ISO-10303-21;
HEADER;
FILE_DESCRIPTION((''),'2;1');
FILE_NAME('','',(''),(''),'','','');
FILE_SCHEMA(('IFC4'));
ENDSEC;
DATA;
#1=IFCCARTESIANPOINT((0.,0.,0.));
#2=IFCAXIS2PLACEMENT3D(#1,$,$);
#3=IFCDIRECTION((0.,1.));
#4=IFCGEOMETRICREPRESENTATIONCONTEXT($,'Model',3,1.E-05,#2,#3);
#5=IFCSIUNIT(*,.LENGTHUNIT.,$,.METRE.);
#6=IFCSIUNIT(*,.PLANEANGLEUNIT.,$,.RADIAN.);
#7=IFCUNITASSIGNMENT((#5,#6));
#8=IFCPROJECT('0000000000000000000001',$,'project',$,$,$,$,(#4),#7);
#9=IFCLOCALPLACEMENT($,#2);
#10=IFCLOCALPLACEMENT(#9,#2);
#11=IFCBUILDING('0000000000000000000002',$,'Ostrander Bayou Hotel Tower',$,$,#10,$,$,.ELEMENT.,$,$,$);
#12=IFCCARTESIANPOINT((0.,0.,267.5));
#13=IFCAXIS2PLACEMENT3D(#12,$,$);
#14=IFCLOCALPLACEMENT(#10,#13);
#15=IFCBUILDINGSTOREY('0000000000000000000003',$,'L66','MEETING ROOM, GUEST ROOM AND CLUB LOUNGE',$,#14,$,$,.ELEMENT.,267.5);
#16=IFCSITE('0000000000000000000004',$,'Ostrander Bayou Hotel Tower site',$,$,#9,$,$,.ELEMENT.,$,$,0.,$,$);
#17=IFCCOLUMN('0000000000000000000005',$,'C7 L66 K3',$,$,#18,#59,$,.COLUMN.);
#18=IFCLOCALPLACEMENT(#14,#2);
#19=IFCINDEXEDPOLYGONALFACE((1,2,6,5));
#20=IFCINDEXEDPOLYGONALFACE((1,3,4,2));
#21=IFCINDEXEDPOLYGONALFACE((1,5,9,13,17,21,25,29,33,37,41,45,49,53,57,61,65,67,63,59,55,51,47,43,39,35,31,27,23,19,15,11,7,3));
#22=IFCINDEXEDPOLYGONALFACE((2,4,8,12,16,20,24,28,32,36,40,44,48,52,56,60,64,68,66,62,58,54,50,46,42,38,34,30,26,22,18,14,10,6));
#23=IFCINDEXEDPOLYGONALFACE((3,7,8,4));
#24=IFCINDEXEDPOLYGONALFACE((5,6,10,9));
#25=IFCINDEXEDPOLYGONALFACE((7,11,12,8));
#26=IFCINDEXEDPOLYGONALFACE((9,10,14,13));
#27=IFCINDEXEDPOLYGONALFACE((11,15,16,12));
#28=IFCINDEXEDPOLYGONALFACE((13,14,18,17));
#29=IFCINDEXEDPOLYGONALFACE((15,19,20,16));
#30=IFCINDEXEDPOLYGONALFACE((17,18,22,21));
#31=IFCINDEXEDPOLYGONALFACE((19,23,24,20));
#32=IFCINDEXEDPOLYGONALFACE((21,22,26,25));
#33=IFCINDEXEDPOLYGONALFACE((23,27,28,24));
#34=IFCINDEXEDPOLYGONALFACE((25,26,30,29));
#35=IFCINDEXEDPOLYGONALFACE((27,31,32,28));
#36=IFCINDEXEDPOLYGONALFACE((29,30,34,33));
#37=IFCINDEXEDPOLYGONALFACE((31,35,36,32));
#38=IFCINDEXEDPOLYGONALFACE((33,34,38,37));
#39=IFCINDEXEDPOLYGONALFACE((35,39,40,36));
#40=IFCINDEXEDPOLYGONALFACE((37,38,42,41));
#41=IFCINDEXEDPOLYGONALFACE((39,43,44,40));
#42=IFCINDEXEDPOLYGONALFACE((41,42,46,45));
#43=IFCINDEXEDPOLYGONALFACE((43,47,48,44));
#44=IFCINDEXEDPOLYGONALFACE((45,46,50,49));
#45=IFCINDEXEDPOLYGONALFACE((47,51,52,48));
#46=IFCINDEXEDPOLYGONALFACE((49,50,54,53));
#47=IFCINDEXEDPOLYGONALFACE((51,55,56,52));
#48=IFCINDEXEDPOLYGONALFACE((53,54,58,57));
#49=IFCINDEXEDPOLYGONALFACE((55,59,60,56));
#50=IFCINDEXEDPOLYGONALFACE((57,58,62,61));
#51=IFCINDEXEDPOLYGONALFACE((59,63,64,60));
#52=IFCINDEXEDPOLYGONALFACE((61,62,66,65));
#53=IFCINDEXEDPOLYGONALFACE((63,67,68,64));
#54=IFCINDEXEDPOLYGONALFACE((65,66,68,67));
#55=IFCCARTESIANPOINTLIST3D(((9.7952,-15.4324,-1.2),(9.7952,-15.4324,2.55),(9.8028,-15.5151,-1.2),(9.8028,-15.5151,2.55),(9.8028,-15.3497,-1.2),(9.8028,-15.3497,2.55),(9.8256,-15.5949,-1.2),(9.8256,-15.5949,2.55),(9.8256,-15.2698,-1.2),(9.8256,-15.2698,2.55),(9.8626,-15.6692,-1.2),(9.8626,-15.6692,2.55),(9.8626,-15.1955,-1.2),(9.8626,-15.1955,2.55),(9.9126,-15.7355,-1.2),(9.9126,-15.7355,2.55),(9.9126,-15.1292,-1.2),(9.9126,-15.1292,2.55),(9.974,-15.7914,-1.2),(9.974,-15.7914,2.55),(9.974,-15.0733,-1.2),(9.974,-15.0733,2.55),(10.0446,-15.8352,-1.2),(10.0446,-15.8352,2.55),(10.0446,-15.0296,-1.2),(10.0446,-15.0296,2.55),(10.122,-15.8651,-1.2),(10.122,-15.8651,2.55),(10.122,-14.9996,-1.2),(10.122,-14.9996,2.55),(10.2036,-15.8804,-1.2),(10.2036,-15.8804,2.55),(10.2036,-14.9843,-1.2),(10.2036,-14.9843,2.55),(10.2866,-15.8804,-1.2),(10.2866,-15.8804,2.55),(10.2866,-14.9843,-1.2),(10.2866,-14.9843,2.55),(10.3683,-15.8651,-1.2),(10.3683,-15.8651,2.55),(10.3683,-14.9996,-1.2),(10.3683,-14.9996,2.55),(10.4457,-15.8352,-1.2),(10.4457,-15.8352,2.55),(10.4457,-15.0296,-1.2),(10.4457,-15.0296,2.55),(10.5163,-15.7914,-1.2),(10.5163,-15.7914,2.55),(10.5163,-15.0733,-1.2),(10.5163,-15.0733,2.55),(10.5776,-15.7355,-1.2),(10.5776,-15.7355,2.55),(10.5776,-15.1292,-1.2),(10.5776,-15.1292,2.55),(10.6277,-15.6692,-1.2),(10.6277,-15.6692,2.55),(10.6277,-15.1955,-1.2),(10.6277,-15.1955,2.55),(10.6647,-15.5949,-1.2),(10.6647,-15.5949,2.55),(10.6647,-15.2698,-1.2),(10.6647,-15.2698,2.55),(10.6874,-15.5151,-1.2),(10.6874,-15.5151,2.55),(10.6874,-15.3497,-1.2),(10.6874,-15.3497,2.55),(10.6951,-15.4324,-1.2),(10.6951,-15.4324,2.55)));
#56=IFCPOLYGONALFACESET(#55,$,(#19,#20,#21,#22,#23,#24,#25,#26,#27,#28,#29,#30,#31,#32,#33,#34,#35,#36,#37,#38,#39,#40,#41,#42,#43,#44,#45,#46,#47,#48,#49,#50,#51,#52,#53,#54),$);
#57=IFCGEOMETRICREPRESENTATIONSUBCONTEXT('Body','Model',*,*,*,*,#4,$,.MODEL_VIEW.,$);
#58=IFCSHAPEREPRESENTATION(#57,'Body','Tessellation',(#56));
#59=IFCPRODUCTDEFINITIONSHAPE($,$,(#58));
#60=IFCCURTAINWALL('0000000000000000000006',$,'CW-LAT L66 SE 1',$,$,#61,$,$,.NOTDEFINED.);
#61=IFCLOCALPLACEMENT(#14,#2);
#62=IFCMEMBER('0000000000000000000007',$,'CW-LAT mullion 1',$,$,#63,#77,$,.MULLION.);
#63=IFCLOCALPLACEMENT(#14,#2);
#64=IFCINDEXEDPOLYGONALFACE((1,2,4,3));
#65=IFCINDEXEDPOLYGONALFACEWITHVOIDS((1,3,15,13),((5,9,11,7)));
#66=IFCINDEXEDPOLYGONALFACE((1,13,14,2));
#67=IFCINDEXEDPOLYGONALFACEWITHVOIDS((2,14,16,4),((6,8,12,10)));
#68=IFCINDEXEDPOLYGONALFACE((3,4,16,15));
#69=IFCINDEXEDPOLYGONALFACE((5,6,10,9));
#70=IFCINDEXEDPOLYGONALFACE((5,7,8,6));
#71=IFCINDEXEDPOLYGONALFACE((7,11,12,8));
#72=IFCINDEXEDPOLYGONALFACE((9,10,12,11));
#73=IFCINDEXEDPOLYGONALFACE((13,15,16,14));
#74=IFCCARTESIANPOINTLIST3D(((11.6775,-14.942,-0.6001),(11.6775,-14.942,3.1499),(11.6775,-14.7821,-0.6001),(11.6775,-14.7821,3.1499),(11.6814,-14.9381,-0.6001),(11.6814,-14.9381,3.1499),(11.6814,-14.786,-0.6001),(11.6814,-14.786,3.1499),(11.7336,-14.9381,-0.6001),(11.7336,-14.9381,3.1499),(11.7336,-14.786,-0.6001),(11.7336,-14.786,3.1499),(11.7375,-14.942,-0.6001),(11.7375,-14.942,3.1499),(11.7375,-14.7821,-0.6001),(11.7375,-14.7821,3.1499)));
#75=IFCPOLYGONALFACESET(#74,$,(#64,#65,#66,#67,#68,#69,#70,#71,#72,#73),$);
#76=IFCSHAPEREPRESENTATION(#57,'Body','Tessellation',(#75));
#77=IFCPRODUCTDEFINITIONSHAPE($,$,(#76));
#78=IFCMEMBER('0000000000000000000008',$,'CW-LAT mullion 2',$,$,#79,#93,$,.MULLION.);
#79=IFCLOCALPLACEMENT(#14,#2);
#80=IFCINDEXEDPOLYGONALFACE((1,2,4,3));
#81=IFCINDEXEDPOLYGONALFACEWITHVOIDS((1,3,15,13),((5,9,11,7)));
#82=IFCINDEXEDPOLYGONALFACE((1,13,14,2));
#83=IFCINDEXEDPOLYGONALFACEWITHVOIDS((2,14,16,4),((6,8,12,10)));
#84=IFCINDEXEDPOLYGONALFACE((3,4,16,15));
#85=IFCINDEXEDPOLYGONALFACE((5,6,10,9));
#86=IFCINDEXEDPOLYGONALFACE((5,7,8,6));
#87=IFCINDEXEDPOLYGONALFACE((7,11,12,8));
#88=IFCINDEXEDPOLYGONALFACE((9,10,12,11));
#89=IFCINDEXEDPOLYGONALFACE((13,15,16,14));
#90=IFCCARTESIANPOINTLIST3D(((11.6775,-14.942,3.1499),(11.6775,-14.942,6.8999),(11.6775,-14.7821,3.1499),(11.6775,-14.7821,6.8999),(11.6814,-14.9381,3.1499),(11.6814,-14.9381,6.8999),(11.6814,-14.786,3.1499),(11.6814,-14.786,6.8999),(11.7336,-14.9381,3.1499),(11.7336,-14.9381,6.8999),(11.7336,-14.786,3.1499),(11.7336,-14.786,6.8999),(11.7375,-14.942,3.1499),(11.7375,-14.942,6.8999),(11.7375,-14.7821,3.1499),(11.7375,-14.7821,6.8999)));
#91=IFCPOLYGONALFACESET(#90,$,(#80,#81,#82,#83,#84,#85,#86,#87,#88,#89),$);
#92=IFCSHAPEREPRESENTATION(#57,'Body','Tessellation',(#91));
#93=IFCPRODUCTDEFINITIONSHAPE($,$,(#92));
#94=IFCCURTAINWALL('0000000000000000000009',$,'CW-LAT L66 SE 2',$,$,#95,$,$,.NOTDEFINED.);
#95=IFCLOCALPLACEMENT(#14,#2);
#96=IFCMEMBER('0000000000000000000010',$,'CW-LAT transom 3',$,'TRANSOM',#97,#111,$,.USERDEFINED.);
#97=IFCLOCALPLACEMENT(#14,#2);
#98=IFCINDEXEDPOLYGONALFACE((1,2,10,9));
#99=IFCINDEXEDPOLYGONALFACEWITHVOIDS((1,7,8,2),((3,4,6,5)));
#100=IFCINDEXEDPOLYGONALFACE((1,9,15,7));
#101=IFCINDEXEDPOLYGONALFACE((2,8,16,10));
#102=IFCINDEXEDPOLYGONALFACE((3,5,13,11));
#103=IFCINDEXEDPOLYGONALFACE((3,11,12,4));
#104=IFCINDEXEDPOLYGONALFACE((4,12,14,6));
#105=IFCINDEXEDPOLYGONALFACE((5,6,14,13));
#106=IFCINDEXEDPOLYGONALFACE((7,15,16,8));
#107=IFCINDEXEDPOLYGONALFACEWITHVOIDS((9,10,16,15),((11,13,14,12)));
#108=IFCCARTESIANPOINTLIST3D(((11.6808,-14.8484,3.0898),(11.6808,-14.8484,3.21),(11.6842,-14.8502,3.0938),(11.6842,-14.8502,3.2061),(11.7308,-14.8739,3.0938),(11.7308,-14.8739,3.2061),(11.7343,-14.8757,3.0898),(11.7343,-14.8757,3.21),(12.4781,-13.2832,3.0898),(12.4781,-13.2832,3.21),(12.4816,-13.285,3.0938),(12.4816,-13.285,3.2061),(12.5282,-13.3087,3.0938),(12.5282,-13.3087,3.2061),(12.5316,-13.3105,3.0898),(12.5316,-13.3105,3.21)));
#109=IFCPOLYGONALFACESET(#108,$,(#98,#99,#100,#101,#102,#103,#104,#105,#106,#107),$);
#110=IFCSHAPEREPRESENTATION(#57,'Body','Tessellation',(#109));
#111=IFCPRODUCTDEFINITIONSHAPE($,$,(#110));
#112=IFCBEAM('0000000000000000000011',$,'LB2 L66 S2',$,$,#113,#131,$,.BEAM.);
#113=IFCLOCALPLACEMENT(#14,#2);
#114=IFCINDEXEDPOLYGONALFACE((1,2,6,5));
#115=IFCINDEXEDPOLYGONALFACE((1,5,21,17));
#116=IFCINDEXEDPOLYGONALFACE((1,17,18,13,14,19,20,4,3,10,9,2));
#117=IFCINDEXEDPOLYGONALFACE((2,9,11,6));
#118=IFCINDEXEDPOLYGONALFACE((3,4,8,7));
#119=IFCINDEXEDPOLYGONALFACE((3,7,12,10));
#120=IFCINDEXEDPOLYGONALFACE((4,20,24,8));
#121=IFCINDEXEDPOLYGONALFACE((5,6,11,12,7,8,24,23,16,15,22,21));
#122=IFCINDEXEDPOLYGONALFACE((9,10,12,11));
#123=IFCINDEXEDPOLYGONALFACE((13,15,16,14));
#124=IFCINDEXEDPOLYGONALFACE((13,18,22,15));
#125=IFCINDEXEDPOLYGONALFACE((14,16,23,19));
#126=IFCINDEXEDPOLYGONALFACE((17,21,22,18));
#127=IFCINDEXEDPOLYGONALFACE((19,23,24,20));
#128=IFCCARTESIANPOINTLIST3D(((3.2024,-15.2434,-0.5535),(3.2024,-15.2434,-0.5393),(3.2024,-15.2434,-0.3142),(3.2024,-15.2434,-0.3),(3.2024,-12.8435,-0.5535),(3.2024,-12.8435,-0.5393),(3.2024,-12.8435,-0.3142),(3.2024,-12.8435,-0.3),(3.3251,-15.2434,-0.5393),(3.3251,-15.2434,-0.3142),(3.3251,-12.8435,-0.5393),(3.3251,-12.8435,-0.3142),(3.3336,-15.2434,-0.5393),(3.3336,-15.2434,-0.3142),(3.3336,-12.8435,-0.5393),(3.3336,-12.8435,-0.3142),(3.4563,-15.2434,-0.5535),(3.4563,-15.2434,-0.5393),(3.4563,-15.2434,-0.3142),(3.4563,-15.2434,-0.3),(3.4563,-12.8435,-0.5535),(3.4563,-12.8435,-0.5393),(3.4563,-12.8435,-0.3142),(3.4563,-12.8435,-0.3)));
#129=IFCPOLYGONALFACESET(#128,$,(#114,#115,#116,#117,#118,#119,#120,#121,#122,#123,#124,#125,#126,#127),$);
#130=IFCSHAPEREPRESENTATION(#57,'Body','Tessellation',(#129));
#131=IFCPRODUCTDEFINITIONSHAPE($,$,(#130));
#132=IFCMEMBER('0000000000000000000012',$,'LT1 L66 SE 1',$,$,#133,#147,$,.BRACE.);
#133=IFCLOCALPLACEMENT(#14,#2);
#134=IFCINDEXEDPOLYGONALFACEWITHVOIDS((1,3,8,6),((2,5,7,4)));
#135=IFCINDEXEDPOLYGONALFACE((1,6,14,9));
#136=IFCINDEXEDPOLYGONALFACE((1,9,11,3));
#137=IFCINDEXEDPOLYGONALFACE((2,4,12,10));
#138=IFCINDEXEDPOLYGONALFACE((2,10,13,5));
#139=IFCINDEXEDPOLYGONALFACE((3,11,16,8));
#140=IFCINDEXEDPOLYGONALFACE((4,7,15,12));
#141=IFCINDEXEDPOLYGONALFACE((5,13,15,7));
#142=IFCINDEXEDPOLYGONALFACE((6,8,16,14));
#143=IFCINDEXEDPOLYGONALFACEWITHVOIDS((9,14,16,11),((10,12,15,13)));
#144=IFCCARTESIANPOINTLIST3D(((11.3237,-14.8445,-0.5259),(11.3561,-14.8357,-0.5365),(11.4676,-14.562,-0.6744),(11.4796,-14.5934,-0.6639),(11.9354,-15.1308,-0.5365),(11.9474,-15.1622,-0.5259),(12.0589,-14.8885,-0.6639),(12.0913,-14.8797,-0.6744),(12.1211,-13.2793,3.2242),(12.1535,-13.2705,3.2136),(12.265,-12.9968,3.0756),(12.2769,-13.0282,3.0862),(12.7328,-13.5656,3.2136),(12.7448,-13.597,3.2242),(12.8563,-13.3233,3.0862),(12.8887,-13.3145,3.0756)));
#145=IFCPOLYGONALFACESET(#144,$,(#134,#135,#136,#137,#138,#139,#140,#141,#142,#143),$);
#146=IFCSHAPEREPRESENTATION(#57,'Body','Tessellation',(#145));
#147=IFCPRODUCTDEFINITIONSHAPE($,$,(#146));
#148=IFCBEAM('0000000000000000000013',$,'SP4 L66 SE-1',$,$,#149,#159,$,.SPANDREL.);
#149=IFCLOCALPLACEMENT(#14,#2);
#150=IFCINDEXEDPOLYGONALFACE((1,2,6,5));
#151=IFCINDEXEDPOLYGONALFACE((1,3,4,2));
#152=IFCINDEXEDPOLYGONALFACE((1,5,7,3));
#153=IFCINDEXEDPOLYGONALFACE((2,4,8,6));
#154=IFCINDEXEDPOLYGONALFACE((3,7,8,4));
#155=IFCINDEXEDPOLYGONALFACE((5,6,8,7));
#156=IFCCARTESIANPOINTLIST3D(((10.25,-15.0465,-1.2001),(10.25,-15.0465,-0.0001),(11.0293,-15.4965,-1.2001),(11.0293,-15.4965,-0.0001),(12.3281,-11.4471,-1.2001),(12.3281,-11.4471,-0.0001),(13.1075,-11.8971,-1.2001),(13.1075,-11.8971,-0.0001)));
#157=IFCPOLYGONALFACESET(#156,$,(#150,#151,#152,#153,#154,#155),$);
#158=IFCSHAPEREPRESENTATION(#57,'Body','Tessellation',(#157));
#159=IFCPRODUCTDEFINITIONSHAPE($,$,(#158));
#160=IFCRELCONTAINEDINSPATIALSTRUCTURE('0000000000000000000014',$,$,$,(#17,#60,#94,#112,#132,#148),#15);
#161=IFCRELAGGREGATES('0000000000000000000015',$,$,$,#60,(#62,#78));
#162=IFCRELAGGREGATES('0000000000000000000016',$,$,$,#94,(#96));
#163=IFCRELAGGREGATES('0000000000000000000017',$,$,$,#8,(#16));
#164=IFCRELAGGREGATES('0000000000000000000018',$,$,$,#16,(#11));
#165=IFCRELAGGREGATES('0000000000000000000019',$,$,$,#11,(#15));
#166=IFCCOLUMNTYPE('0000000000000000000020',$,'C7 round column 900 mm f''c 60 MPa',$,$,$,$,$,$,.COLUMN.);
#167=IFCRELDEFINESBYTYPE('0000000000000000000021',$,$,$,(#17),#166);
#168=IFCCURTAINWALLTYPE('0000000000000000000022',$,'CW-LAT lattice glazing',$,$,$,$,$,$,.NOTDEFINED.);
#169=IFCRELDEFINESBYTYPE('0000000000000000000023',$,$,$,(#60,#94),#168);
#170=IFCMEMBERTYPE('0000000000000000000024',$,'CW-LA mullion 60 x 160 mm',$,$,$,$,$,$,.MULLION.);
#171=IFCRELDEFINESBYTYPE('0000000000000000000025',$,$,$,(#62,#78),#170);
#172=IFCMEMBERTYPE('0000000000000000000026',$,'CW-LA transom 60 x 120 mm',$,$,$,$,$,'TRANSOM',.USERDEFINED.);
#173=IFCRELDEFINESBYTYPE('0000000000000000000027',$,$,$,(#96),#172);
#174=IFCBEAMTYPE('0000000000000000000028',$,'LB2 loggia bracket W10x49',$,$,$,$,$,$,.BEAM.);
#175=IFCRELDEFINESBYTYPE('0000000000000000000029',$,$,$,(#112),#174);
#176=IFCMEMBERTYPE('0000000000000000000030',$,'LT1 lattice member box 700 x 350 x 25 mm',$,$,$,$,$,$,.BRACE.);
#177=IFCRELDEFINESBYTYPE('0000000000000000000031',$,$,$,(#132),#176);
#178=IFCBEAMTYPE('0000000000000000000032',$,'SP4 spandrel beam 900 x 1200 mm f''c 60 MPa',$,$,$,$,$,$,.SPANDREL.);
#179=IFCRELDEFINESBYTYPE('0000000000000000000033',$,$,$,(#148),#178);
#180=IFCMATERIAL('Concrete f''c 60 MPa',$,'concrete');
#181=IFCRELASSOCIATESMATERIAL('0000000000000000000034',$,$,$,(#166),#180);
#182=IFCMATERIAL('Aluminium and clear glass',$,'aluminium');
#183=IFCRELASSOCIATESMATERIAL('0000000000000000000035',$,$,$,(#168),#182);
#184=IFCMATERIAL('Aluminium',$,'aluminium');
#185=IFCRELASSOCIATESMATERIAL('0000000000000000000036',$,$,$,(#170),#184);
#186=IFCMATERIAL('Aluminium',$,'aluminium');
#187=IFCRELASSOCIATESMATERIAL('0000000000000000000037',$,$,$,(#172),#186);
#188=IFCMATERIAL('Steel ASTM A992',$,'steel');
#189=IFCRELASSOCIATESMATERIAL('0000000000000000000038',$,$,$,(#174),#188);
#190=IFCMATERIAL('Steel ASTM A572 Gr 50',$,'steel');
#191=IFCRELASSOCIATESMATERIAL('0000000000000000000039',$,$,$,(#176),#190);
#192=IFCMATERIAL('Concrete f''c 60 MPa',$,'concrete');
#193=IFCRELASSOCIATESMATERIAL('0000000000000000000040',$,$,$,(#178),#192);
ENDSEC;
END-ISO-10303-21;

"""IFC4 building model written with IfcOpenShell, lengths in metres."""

from ifc_helpers import new_model, si_unit, direction, frame, origin, origin_2d, place, context, subcontext, project, spatial, rectangle, hollow_rectangle, circle, i_section, extrude, material, material_profile, profile_set, type_object, element, aggregate, save


model = new_model("IFC4")

# Units and contexts
model_context = context("Model", 3, precision=1e-05, world=origin(), true_north=direction((0.0, 1.0)))
body_context = subcontext(model_context, "Body", "Model", "MODEL_VIEW")
ifc_project = project(units=[si_unit("LENGTHUNIT", "METRE"), si_unit("PLANEANGLEUNIT", "RADIAN")], contexts=[model_context])

# Site, building, storey
site_placement = place(None, origin())
site = spatial("IfcSite", under=ifc_project, at=site_placement, Name="Ostrander Bayou Hotel Tower site", CompositionType="ELEMENT", RefElevation=0.0)
building_placement = place(site_placement, origin())
building = spatial("IfcBuilding", under=site, at=building_placement, Name="Ostrander Bayou Hotel Tower", CompositionType="ELEMENT")
storey_placement = place(building_placement, frame((0.0, 0.0, 267.5)))
storey = spatial("IfcBuildingStorey", under=building, at=storey_placement, Name="L66", Description="MEETING ROOM, GUEST ROOM AND CLUB LOUNGE", CompositionType="ELEMENT", Elevation=267.5)

# Column
ifc_material_1 = material(Name="Concrete f'c 60 MPa", Category="concrete")
ifc_material_profile_1 = material_profile(ifc_material_1, circle(Radius=0.45, at=origin_2d()))
ifc_profile_set_1 = profile_set([ifc_material_profile_1], Name="Concrete f'c 60 MPa")
column_type = type_object("IfcColumnType", Name="C7 round column 900 mm f'c 60 MPa", PredefinedType="COLUMN", material=ifc_profile_set_1)
column_placement = place(storey_placement, frame((10.2451, -15.4324, -1.2), z_axis=(0.0, 0.0, 1.0), x_axis=(1.0, 0.0, 0.0)))
element("IfcColumn", 1, at=column_placement, inside=storey, type_object=column_type, Name="C7 L66 K3", PredefinedType="COLUMN", context=body_context, shape_type="SweptSolid", body=[
    extrude(circle(Radius=0.45, at=origin_2d()), origin(), (0.0, 0.0, 1.0), 3.75),
])

# Curtain wall, members
ifc_material_2 = material(Name="Aluminium and clear glass", Category="aluminium")
curtain_wall_type = type_object("IfcCurtainWallType", Name="CW-LAT lattice glazing", PredefinedType="NOTDEFINED", material=ifc_material_2)
curtain_wall_1_placement = place(storey_placement, origin())
curtain_wall_1 = element("IfcCurtainWall", 2, at=curtain_wall_1_placement, inside=storey, type_object=curtain_wall_type, Name="CW-LAT L66 SE 1", PredefinedType="NOTDEFINED")
ifc_material_3 = material(Name="Aluminium", Category="aluminium")
ifc_material_profile_2 = material_profile(ifc_material_3, hollow_rectangle(XDim=0.0601, YDim=0.1599, WallThickness=0.0039, at=origin_2d()))
ifc_profile_set_2 = profile_set([ifc_material_profile_2], Name="Aluminium")
member_type_1 = type_object("IfcMemberType", Name="CW-LA mullion 60 x 160 mm", PredefinedType="MULLION", material=ifc_profile_set_2)
member_1_placement = place(storey_placement, frame((11.7075, -14.8621, -0.6001), z_axis=(0.0, 0.0, 1.0), x_axis=(1.0, 0.0, 0.0)))
member_1 = element("IfcMember", 3, at=member_1_placement, type_object=member_type_1, Name="CW-LAT mullion 1", PredefinedType="MULLION", context=body_context, shape_type="SweptSolid", body=[
    extrude(hollow_rectangle(XDim=0.0601, YDim=0.1599, WallThickness=0.0039, at=origin_2d()), origin(), (0.0, 0.0, 1.0), 3.75),
])
member_2_placement = place(storey_placement, frame((11.7075, -14.8621, 3.1499), z_axis=(0.0, 0.0, 1.0), x_axis=(1.0, 0.0, 0.0)))
member_2 = element("IfcMember", 4, at=member_2_placement, type_object=member_type_1, Name="CW-LAT mullion 2", PredefinedType="MULLION", context=body_context, shape_type="SweptSolid", body=[
    extrude(hollow_rectangle(XDim=0.0601, YDim=0.1599, WallThickness=0.0039, at=origin_2d()), origin(), (0.0, 0.0, 1.0), 3.75),
])
aggregate(curtain_wall_1, [member_1, member_2])

# Curtain wall, member
curtain_wall_2_placement = place(storey_placement, origin())
curtain_wall_2 = element("IfcCurtainWall", 5, at=curtain_wall_2_placement, inside=storey, type_object=curtain_wall_type, Name="CW-LAT L66 SE 2", PredefinedType="NOTDEFINED")
ifc_material_4 = material(Name="Aluminium", Category="aluminium")
ifc_material_profile_3 = material_profile(ifc_material_4, hollow_rectangle(XDim=0.0601, YDim=0.1201, WallThickness=0.0039, at=origin_2d()))
ifc_profile_set_3 = profile_set([ifc_material_profile_3], Name="Aluminium")
member_type_2 = type_object("IfcMemberType", Name="CW-LA transom 60 x 120 mm", ElementType="TRANSOM", PredefinedType="USERDEFINED", material=ifc_profile_set_3)
member_3_placement = place(storey_placement, frame((11.7075, -14.8621, 3.1499), z_axis=(0.453928, 0.891038, 0.0), x_axis=(-0.891038, 0.453928, 0.0)))
member_3 = element("IfcMember", 6, at=member_3_placement, type_object=member_type_2, Name="CW-LAT transom 3", ObjectType="TRANSOM", PredefinedType="USERDEFINED", context=body_context, shape_type="SweptSolid", body=[
    extrude(hollow_rectangle(XDim=0.0601, YDim=0.1201, WallThickness=0.0039, at=origin_2d()), origin(), (0.0, 0.0, 1.0), 1.7566),
])
aggregate(curtain_wall_2, [member_3])

# Beam
ifc_material_5 = material(Name="Steel ASTM A992", Category="steel")
ifc_material_profile_4 = material_profile(ifc_material_5, i_section(OverallWidth=0.2539, OverallDepth=0.2534, WebThickness=0.0085, FlangeThickness=0.0142, at=origin_2d()))
ifc_profile_set_4 = profile_set([ifc_material_profile_4], Name="Steel ASTM A992")
beam_type_1 = type_object("IfcBeamType", Name="LB2 loggia bracket W10x49", PredefinedType="BEAM", material=ifc_profile_set_4)
beam_1_placement = place(storey_placement, frame((3.3293, -15.2434, -0.4268), z_axis=(0.0, 1.0, 0.0), x_axis=(-1.0, 0.0, 0.0)))
element("IfcBeam", 7, at=beam_1_placement, inside=storey, type_object=beam_type_1, Name="LB2 L66 S2", PredefinedType="BEAM", context=body_context, shape_type="SweptSolid", body=[
    extrude(i_section(OverallWidth=0.2539, OverallDepth=0.2534, WebThickness=0.0085, FlangeThickness=0.0142, at=origin_2d()), origin(), (0.0, 0.0, 1.0), 2.3999),
])

# Member
ifc_material_6 = material(Name="Steel ASTM A572 Gr 50", Category="steel")
ifc_material_profile_5 = material_profile(ifc_material_6, hollow_rectangle(XDim=0.7, YDim=0.3501, WallThickness=0.0249, at=origin_2d()))
ifc_profile_set_5 = profile_set([ifc_material_profile_5], Name="Steel ASTM A572 Gr 50")
member_type_3 = type_object("IfcMemberType", Name="LT1 lattice member box 700 x 350 x 25 mm", PredefinedType="BRACE", material=ifc_profile_set_5)
member_4_placement = place(storey_placement, frame((12.5049, -13.2969, 3.1499), z_axis=(-0.192552, -0.37797, -0.905573), x_axis=(0.891038, -0.453928, 0.0)))
element("IfcMember", 8, at=member_4_placement, inside=storey, type_object=member_type_3, Name="LT1 L66 SE 1", PredefinedType="BRACE", context=body_context, shape_type="SweptSolid", body=[
    extrude(hollow_rectangle(XDim=0.7, YDim=0.3501, WallThickness=0.0249, at=origin_2d()), origin(), (0.0, 0.0, 1.0), 4.1411),
])

# Beam
ifc_material_7 = material(Name="Concrete f'c 60 MPa", Category="concrete")
ifc_material_profile_6 = material_profile(ifc_material_7, rectangle(XDim=0.8999, YDim=1.2, at=origin_2d()))
ifc_profile_set_6 = profile_set([ifc_material_profile_6], Name="Concrete f'c 60 MPa")
beam_type_2 = type_object("IfcBeamType", Name="SP4 spandrel beam 900 x 1200 mm f'c 60 MPa", PredefinedType="SPANDREL", material=ifc_profile_set_6)
beam_2_placement = place(storey_placement, frame((10.6396, -15.2715, -0.6001), z_axis=(0.500006, 0.866022, 0.0), x_axis=(-0.866022, 0.500006, 0.0)))
element("IfcBeam", 9, at=beam_2_placement, inside=storey, type_object=beam_type_2, Name="SP4 L66 SE-1", PredefinedType="SPANDREL", context=body_context, shape_type="SweptSolid", body=[
    extrude(rectangle(XDim=0.8999, YDim=1.2, at=origin_2d()), origin(), (0.0, 0.0, 1.0), 4.1562),
])

save(model, "model.ifc")
